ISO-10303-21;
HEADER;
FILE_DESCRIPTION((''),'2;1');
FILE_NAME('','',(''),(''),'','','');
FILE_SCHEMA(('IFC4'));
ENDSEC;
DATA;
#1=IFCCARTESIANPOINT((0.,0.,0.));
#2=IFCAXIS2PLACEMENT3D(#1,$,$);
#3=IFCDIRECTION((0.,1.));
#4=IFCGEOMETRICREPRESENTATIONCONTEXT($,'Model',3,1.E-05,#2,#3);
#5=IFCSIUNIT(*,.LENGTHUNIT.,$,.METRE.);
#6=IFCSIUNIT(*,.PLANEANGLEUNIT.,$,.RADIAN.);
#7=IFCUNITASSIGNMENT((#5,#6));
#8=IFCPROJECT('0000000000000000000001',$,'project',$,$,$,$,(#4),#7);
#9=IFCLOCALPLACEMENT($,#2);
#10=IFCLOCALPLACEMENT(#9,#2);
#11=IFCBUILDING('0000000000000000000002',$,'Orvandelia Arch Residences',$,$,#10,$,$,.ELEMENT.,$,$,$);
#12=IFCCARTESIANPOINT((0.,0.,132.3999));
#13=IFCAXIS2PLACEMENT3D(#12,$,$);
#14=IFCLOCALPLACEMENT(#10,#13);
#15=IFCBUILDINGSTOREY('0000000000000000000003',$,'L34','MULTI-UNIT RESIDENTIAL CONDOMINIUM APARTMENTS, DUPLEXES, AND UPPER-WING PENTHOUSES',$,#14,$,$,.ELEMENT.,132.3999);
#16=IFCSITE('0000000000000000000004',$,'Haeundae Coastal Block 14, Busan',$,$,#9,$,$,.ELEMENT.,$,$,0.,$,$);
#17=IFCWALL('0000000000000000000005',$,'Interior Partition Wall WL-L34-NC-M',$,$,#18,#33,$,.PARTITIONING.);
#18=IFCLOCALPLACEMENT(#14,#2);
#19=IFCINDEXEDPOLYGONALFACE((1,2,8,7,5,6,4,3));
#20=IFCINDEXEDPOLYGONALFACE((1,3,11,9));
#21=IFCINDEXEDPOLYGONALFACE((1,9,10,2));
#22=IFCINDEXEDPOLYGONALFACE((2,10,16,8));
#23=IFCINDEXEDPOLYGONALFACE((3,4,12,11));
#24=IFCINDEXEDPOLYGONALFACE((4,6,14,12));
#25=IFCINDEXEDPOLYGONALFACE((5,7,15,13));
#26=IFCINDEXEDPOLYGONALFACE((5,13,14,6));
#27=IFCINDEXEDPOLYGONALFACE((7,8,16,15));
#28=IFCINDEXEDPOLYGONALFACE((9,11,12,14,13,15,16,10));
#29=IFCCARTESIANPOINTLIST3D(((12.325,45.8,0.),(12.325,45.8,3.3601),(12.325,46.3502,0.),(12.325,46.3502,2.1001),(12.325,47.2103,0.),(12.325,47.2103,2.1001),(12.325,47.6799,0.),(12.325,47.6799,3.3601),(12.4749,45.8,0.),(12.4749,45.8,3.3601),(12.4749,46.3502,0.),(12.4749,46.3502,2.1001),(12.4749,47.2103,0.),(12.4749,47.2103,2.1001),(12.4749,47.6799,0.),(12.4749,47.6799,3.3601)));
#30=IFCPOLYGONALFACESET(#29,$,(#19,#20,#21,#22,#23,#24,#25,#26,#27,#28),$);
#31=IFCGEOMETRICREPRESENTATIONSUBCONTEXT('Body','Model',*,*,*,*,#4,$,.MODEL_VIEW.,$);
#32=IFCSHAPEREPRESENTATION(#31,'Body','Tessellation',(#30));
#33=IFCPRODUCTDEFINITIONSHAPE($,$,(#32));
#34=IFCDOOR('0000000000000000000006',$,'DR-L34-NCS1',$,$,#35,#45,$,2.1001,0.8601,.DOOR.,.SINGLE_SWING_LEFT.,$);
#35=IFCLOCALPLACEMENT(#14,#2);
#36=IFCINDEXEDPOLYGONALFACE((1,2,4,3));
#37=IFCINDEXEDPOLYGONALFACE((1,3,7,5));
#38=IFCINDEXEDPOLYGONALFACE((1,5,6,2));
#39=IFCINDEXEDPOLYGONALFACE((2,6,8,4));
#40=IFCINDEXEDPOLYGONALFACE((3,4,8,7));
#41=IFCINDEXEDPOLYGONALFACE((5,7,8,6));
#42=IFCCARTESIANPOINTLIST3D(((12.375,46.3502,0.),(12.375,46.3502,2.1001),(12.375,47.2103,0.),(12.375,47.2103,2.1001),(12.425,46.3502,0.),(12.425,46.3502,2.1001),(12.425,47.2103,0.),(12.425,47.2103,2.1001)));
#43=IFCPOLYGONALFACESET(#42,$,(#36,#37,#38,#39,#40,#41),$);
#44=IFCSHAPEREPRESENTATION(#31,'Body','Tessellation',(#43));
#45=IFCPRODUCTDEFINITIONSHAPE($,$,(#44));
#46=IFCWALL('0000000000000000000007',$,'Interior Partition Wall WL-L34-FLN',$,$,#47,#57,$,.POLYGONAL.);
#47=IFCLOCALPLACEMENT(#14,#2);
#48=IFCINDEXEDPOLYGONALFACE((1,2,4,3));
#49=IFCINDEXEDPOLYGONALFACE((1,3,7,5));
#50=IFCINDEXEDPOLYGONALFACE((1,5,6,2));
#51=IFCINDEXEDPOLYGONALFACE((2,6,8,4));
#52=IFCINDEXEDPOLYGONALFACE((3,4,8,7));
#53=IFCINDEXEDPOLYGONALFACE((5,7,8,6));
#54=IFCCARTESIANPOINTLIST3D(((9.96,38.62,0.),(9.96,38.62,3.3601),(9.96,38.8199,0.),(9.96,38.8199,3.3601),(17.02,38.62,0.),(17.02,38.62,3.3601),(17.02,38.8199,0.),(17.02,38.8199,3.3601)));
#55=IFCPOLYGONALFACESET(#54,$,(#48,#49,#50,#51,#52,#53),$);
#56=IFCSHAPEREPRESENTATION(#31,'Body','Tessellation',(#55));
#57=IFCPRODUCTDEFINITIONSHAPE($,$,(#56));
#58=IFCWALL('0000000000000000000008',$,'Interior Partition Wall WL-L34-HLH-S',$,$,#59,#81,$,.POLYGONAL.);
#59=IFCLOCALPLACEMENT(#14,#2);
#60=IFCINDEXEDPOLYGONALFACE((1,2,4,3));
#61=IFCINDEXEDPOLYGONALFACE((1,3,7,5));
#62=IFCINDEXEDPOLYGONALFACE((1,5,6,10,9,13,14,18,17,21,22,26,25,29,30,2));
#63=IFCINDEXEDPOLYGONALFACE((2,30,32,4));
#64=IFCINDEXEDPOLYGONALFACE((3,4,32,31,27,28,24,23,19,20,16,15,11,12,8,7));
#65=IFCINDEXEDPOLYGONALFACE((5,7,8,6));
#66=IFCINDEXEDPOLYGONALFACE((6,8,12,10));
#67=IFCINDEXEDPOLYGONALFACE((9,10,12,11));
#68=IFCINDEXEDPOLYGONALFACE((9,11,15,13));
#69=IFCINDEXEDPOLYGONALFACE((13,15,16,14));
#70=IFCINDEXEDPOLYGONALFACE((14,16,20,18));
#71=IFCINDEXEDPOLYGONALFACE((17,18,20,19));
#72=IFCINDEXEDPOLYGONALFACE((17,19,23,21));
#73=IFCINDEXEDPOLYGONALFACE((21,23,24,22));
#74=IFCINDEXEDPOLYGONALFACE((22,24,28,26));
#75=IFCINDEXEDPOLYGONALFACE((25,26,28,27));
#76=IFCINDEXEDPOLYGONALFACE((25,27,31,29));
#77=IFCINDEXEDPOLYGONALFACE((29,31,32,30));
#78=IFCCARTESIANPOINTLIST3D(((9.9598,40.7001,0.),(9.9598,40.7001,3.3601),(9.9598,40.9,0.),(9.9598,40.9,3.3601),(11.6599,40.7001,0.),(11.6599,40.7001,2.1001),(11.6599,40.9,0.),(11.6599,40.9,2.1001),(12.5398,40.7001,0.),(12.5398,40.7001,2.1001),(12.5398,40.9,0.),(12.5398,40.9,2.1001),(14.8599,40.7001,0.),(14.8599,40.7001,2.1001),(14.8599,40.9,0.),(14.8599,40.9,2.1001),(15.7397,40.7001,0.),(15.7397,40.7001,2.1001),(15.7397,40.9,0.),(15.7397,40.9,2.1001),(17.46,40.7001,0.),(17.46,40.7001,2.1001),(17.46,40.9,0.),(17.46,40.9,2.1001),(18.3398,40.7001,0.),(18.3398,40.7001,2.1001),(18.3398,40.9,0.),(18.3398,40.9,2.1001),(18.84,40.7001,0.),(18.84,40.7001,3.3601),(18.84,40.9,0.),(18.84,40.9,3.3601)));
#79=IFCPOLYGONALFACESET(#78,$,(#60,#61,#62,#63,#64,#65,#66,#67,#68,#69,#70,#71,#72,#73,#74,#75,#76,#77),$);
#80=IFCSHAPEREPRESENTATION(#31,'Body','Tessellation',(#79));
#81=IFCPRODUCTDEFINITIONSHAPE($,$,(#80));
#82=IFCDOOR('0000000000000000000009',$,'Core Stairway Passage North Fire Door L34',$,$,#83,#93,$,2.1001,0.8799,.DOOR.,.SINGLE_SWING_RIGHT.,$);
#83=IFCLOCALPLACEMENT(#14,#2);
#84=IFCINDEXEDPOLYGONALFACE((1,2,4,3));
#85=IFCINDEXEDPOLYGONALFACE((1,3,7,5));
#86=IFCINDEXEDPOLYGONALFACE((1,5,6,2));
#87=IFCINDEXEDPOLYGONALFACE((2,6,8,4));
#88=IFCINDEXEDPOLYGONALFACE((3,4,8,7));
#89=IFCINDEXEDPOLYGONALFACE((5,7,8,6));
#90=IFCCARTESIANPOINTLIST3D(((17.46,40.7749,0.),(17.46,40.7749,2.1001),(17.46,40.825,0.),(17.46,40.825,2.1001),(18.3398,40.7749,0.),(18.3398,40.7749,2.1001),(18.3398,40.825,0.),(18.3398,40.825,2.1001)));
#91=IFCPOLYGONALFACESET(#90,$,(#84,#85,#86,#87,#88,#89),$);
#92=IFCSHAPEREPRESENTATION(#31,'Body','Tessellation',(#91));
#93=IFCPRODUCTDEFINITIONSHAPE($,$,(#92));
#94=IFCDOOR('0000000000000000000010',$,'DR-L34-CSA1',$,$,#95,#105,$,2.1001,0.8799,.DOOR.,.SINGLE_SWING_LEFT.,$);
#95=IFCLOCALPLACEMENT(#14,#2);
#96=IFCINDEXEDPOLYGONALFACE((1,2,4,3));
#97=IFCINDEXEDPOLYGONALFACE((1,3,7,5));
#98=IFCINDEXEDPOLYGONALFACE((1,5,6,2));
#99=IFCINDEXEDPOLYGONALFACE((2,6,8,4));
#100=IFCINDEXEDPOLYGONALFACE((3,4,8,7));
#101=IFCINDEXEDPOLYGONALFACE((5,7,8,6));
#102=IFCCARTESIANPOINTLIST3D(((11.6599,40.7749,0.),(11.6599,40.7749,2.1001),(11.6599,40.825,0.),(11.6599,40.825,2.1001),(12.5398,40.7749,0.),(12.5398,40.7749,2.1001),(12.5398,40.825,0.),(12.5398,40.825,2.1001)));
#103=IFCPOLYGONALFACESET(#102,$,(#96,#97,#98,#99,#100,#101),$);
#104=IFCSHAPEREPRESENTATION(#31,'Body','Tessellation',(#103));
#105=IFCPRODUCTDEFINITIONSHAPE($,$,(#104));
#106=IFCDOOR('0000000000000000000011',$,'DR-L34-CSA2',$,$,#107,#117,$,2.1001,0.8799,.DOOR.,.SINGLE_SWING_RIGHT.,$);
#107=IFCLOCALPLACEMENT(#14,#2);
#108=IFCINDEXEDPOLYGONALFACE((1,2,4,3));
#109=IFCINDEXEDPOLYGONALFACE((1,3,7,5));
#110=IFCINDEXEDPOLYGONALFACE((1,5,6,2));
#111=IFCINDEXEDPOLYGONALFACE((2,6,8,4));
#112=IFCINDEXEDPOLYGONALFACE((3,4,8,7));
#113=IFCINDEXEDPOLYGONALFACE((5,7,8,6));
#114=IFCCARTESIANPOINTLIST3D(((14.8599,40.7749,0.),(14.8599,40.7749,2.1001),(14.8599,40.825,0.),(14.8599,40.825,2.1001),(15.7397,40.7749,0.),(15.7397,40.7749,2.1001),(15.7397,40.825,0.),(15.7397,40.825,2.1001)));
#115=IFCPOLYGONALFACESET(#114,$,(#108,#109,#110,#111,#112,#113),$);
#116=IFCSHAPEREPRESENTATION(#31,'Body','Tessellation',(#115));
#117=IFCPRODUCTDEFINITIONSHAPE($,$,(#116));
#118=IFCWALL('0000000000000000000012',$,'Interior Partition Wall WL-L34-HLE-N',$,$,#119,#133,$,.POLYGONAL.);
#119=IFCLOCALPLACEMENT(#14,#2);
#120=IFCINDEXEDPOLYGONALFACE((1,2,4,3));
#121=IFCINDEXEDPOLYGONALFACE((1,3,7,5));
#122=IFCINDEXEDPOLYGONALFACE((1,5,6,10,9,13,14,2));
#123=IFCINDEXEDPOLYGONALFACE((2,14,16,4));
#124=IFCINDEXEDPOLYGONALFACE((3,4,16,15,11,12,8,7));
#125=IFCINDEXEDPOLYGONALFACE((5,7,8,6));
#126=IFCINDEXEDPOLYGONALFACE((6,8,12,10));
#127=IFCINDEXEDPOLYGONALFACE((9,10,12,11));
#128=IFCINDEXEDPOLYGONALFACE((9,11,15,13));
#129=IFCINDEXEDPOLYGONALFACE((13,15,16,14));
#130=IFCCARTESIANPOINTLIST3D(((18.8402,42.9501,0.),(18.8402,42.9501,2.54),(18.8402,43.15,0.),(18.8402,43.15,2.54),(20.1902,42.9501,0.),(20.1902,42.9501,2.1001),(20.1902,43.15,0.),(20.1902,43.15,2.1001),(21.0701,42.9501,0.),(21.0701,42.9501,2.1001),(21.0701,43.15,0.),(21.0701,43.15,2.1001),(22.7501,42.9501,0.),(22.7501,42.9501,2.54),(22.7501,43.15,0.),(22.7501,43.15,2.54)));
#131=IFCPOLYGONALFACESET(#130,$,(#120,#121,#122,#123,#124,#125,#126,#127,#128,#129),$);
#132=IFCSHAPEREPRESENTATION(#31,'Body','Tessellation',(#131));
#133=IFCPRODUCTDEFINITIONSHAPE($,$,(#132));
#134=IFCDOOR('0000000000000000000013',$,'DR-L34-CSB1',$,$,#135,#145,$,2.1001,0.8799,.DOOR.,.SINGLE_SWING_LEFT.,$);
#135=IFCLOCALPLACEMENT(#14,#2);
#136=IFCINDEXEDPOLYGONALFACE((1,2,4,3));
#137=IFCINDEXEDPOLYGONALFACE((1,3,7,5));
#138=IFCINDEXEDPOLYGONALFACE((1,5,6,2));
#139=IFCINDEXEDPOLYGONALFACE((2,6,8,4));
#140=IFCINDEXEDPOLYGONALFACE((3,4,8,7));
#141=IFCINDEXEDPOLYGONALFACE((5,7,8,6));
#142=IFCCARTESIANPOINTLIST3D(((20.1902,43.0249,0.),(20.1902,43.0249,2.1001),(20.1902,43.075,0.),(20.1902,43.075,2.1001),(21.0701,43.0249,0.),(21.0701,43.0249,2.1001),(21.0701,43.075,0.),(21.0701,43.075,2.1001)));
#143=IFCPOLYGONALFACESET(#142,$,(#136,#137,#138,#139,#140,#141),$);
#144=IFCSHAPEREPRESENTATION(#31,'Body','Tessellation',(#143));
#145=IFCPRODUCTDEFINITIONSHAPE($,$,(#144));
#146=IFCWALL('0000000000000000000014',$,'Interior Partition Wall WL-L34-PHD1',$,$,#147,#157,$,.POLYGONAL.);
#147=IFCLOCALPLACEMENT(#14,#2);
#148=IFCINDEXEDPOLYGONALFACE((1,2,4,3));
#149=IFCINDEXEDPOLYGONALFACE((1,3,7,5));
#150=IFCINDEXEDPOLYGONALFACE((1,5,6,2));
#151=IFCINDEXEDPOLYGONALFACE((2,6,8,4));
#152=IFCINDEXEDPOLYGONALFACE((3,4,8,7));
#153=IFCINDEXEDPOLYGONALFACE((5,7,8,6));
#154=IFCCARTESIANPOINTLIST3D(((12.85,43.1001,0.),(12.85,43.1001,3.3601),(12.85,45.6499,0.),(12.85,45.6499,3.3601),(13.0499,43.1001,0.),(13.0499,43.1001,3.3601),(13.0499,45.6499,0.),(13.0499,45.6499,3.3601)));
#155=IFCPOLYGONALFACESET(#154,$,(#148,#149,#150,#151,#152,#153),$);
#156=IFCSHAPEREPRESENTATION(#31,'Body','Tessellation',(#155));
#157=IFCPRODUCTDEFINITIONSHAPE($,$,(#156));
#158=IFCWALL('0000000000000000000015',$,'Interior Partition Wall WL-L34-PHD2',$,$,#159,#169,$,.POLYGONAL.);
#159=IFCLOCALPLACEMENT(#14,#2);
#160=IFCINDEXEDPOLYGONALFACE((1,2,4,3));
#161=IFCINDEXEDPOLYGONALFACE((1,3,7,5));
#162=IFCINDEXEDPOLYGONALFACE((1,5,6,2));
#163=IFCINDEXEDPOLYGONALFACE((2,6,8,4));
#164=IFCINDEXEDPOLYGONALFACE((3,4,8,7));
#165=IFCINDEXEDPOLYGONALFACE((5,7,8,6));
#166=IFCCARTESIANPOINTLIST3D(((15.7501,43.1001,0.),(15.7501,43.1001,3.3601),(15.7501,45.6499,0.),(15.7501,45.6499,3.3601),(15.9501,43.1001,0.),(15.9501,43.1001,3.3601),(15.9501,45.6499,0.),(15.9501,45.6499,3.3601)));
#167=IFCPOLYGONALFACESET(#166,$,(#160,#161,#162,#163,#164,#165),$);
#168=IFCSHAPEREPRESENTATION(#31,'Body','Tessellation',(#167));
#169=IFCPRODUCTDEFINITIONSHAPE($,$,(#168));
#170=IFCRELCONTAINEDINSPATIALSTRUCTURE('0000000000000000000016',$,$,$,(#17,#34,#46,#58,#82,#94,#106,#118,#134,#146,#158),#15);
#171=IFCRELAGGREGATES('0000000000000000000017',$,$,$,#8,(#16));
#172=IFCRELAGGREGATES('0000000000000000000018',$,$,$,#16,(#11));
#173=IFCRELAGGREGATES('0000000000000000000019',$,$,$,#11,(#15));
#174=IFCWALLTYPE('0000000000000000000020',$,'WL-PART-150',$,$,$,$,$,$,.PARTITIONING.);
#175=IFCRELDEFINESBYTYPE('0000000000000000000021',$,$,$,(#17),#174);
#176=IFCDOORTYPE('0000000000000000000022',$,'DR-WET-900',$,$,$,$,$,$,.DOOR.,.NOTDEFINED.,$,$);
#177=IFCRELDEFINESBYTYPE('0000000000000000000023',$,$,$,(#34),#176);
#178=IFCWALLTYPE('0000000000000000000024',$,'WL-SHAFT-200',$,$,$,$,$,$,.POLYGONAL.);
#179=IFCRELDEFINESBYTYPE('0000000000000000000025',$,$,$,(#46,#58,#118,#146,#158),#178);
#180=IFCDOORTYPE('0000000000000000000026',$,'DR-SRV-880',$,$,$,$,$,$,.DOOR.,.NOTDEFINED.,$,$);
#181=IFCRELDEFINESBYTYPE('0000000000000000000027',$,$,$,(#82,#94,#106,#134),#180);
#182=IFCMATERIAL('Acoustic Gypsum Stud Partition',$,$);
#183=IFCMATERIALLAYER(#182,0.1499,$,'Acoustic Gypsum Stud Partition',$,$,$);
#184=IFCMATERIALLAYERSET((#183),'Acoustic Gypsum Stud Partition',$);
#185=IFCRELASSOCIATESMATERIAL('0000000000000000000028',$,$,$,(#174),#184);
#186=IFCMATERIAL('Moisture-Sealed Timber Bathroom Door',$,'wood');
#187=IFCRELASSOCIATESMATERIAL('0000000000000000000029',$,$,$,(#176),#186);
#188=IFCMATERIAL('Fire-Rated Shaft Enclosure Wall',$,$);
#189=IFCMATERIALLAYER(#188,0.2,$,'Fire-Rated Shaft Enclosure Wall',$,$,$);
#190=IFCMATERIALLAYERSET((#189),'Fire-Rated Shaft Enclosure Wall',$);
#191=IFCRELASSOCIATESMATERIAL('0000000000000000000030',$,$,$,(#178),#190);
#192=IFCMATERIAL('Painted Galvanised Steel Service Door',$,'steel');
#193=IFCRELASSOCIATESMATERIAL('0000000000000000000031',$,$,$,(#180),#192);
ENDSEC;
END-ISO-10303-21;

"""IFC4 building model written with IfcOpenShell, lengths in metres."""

from ifc_helpers import new_model, si_unit, direction, frame, frame_2d, origin, place, context, subcontext, project, spatial, rectangle, extrude, material, layer, layer_set, type_object, element, fill, save


model = new_model("IFC4")

# Units and contexts
model_context = context("Model", 3, precision=1e-05, world=origin(), true_north=direction((0.0, 1.0)))
body_context = subcontext(model_context, "Body", "Model", "MODEL_VIEW")
ifc_project = project(units=[si_unit("LENGTHUNIT", "METRE"), si_unit("PLANEANGLEUNIT", "RADIAN")], contexts=[model_context])

# Site, building, storey
site_placement = place(None, origin())
site = spatial("IfcSite", under=ifc_project, at=site_placement, Name="Haeundae Coastal Block 14, Busan", CompositionType="ELEMENT", RefElevation=0.0)
building_placement = place(site_placement, origin())
building = spatial("IfcBuilding", under=site, at=building_placement, Name="Orvandelia Arch Residences", CompositionType="ELEMENT")
storey_placement = place(building_placement, frame((0.0, 0.0, 132.3999)))
storey = spatial("IfcBuildingStorey", under=building, at=storey_placement, Name="L34", Description="MULTI-UNIT RESIDENTIAL CONDOMINIUM APARTMENTS, DUPLEXES, AND UPPER-WING PENTHOUSES", CompositionType="ELEMENT", Elevation=132.3999)

# Shared definitions
ifc_material_1 = material(Name="Acoustic Gypsum Stud Partition")
ifc_layer_1 = layer(ifc_material_1, 0.1499, Name="Acoustic Gypsum Stud Partition")
ifc_layer_set_1 = layer_set([ifc_layer_1], Name="Acoustic Gypsum Stud Partition")
wall_type_1 = type_object("IfcWallType", Name="WL-PART-150", PredefinedType="PARTITIONING", material=ifc_layer_set_1)

# Wall, opening, door
wall_1_placement = place(storey_placement, frame((12.3999, 45.8, 0.0), z_axis=(0.0, 0.0, 1.0), x_axis=(0.0, 1.0, 0.0)))
wall_1 = element("IfcWall", 1, at=wall_1_placement, inside=storey, type_object=wall_type_1, Name="Interior Partition Wall WL-L34-NC-M", PredefinedType="PARTITIONING", context=body_context, shape_type="SweptSolid", body=[
    extrude(rectangle(XDim=1.8799, YDim=0.1499, at=frame_2d((0.9399, 0.0))), origin(), (0.0, 0.0, 1.0), 3.3601),
])
opening_1_placement = place(wall_1_placement, frame((0.55, 0.0, 0.0)))
opening_1 = element("IfcOpeningElement", 2, at=opening_1_placement, cuts=wall_1, PredefinedType="OPENING", context=body_context, shape_type="SweptSolid", body=[
    extrude(rectangle(XDim=0.8601, YDim=2.1001, at=frame_2d((0.4302, 1.05))), frame((0.0, 0.085, 0.0), z_axis=(0.0, -1.0, 0.0), x_axis=(1.0, 0.0, 0.0)), (0.0, 0.0, 1.0), 0.1699),
])
ifc_material_2 = material(Name="Moisture-Sealed Timber Bathroom Door", Category="wood")
door_type_1 = type_object("IfcDoorType", Name="DR-WET-900", OperationType="NOTDEFINED", PredefinedType="DOOR", material=ifc_material_2)
door_1_placement = place(opening_1_placement, origin())
door_1 = element("IfcDoor", 3, at=door_1_placement, inside=storey, type_object=door_type_1, Name="DR-L34-NCS1", OperationType="SINGLE_SWING_LEFT", OverallHeight=2.1001, OverallWidth=0.8601, PredefinedType="DOOR", context=body_context, shape_type="SweptSolid", body=[
    extrude(rectangle(XDim=0.8601, YDim=2.1001, at=frame_2d((0.4302, 1.05))), frame((0.0, 0.0249, 0.0), z_axis=(0.0, -1.0, 0.0), x_axis=(1.0, 0.0, 0.0)), (0.0, 0.0, 1.0), 0.05),
])
fill(opening_1, door_1)

# Wall
ifc_material_3 = material(Name="Fire-Rated Shaft Enclosure Wall")
ifc_layer_2 = layer(ifc_material_3, 0.2, Name="Fire-Rated Shaft Enclosure Wall")
ifc_layer_set_2 = layer_set([ifc_layer_2], Name="Fire-Rated Shaft Enclosure Wall")
wall_type_2 = type_object("IfcWallType", Name="WL-SHAFT-200", PredefinedType="POLYGONAL", material=ifc_layer_set_2)
wall_2_placement = place(storey_placement, frame((9.96, 38.72, 0.0), z_axis=(0.0, 0.0, 1.0), x_axis=(1.0, 0.0, 0.0)))
element("IfcWall", 4, at=wall_2_placement, inside=storey, type_object=wall_type_2, Name="Interior Partition Wall WL-L34-FLN", PredefinedType="POLYGONAL", context=body_context, shape_type="SweptSolid", body=[
    extrude(rectangle(XDim=7.0601, YDim=0.2, at=frame_2d((3.53, 0.0))), origin(), (0.0, 0.0, 1.0), 3.3601),
])

# Wall, openings, doors
wall_3_placement = place(storey_placement, frame((9.96, 40.8, 0.0), z_axis=(0.0, 0.0, 1.0), x_axis=(1.0, 0.0, 0.0)))
wall_3 = element("IfcWall", 5, at=wall_3_placement, inside=storey, type_object=wall_type_2, Name="Interior Partition Wall WL-L34-HLH-S", PredefinedType="POLYGONAL", context=body_context, shape_type="SweptSolid", body=[
    extrude(rectangle(XDim=8.8801, YDim=0.2, at=frame_2d((4.4399, 0.0))), origin(), (0.0, 0.0, 1.0), 3.3601),
])
opening_2_placement = place(wall_3_placement, frame((7.5, 0.0, 0.0)))
opening_2 = element("IfcOpeningElement", 6, at=opening_2_placement, cuts=wall_3, PredefinedType="OPENING", context=body_context, shape_type="SweptSolid", body=[
    extrude(rectangle(XDim=0.8799, YDim=2.1001, at=frame_2d((0.4399, 1.05))), frame((0.0, 0.1099, 0.0), z_axis=(0.0, -1.0, 0.0), x_axis=(1.0, 0.0, 0.0)), (0.0, 0.0, 1.0), 0.22),
])
opening_3_placement = place(wall_3_placement, frame((1.7, 0.0, 0.0)))
opening_3 = element("IfcOpeningElement", 7, at=opening_3_placement, cuts=wall_3, PredefinedType="OPENING", context=body_context, shape_type="SweptSolid", body=[
    extrude(rectangle(XDim=0.8799, YDim=2.1001, at=frame_2d((0.4399, 1.05))), frame((0.0, 0.1099, 0.0), z_axis=(0.0, -1.0, 0.0), x_axis=(1.0, 0.0, 0.0)), (0.0, 0.0, 1.0), 0.22),
])
opening_4_placement = place(wall_3_placement, frame((4.8999, 0.0, 0.0)))
opening_4 = element("IfcOpeningElement", 8, at=opening_4_placement, cuts=wall_3, PredefinedType="OPENING", context=body_context, shape_type="SweptSolid", body=[
    extrude(rectangle(XDim=0.8799, YDim=2.1001, at=frame_2d((0.4399, 1.05))), frame((0.0, 0.1099, 0.0), z_axis=(0.0, -1.0, 0.0), x_axis=(1.0, 0.0, 0.0)), (0.0, 0.0, 1.0), 0.22),
])
ifc_material_4 = material(Name="Painted Galvanised Steel Service Door", Category="steel")
door_type_2 = type_object("IfcDoorType", Name="DR-SRV-880", OperationType="NOTDEFINED", PredefinedType="DOOR", material=ifc_material_4)
door_2_placement = place(opening_2_placement, origin())
door_2 = element("IfcDoor", 9, at=door_2_placement, inside=storey, type_object=door_type_2, Name="Core Stairway Passage North Fire Door L34", OperationType="SINGLE_SWING_RIGHT", OverallHeight=2.1001, OverallWidth=0.8799, PredefinedType="DOOR", context=body_context, shape_type="SweptSolid", body=[
    extrude(rectangle(XDim=0.8799, YDim=2.1001, at=frame_2d((0.4399, 1.05))), frame((0.0, 0.0249, 0.0), z_axis=(0.0, -1.0, 0.0), x_axis=(1.0, 0.0, 0.0)), (0.0, 0.0, 1.0), 0.05),
])
fill(opening_2, door_2)
door_3_placement = place(opening_3_placement, origin())
door_3 = element("IfcDoor", 10, at=door_3_placement, inside=storey, type_object=door_type_2, Name="DR-L34-CSA1", OperationType="SINGLE_SWING_LEFT", OverallHeight=2.1001, OverallWidth=0.8799, PredefinedType="DOOR", context=body_context, shape_type="SweptSolid", body=[
    extrude(rectangle(XDim=0.8799, YDim=2.1001, at=frame_2d((0.4399, 1.05))), frame((0.0, 0.0249, 0.0), z_axis=(0.0, -1.0, 0.0), x_axis=(1.0, 0.0, 0.0)), (0.0, 0.0, 1.0), 0.05),
])
fill(opening_3, door_3)
door_4_placement = place(opening_4_placement, origin())
door_4 = element("IfcDoor", 11, at=door_4_placement, inside=storey, type_object=door_type_2, Name="DR-L34-CSA2", OperationType="SINGLE_SWING_RIGHT", OverallHeight=2.1001, OverallWidth=0.8799, PredefinedType="DOOR", context=body_context, shape_type="SweptSolid", body=[
    extrude(rectangle(XDim=0.8799, YDim=2.1001, at=frame_2d((0.4399, 1.05))), frame((0.0, 0.0249, 0.0), z_axis=(0.0, -1.0, 0.0), x_axis=(1.0, 0.0, 0.0)), (0.0, 0.0, 1.0), 0.05),
])
fill(opening_4, door_4)

# Wall, opening, door
wall_4_placement = place(storey_placement, frame((18.8401, 43.05, 0.0), z_axis=(0.0, 0.0, 1.0), x_axis=(1.0, 0.0, 0.0)))
wall_4 = element("IfcWall", 12, at=wall_4_placement, inside=storey, type_object=wall_type_2, Name="Interior Partition Wall WL-L34-HLE-N", PredefinedType="POLYGONAL", context=body_context, shape_type="SweptSolid", body=[
    extrude(rectangle(XDim=3.9099, YDim=0.2, at=frame_2d((1.9551, 0.0))), origin(), (0.0, 0.0, 1.0), 2.54),
])
opening_5_placement = place(wall_4_placement, frame((1.3501, 0.0, 0.0)))
opening_5 = element("IfcOpeningElement", 13, at=opening_5_placement, cuts=wall_4, PredefinedType="OPENING", context=body_context, shape_type="SweptSolid", body=[
    extrude(rectangle(XDim=0.8799, YDim=2.1001, at=frame_2d((0.4399, 1.05))), frame((0.0, 0.1099, 0.0), z_axis=(0.0, -1.0, 0.0), x_axis=(1.0, 0.0, 0.0)), (0.0, 0.0, 1.0), 0.22),
])
door_5_placement = place(opening_5_placement, origin())
door_5 = element("IfcDoor", 14, at=door_5_placement, inside=storey, type_object=door_type_2, Name="DR-L34-CSB1", OperationType="SINGLE_SWING_LEFT", OverallHeight=2.1001, OverallWidth=0.8799, PredefinedType="DOOR", context=body_context, shape_type="SweptSolid", body=[
    extrude(rectangle(XDim=0.8799, YDim=2.1001, at=frame_2d((0.4399, 1.05))), frame((0.0, 0.0249, 0.0), z_axis=(0.0, -1.0, 0.0), x_axis=(1.0, 0.0, 0.0)), (0.0, 0.0, 1.0), 0.05),
])
fill(opening_5, door_5)

# Walls
for number, where, z_axis, x_axis, name in (
    (15, (12.95, 43.1001, 0.0), (0.0, 0.0, 1.0), (0.0, 1.0, 0.0), "Interior Partition Wall WL-L34-PHD1"),
    (16, (15.8501, 43.1001, 0.0), (0.0, 0.0, 1.0), (0.0, 1.0, 0.0), "Interior Partition Wall WL-L34-PHD2"),
):
    element("IfcWall", number, at=place(storey_placement, frame(where, z_axis=z_axis, x_axis=x_axis)), inside=storey, type_object=wall_type_2, Name=name, PredefinedType="POLYGONAL", context=body_context, shape_type="SweptSolid", body=[
        extrude(rectangle(XDim=2.5498, YDim=0.2, at=frame_2d((1.2749, 0.0))), origin(), (0.0, 0.0, 1.0), 3.3601),
    ])

save(model, "model.ifc")
